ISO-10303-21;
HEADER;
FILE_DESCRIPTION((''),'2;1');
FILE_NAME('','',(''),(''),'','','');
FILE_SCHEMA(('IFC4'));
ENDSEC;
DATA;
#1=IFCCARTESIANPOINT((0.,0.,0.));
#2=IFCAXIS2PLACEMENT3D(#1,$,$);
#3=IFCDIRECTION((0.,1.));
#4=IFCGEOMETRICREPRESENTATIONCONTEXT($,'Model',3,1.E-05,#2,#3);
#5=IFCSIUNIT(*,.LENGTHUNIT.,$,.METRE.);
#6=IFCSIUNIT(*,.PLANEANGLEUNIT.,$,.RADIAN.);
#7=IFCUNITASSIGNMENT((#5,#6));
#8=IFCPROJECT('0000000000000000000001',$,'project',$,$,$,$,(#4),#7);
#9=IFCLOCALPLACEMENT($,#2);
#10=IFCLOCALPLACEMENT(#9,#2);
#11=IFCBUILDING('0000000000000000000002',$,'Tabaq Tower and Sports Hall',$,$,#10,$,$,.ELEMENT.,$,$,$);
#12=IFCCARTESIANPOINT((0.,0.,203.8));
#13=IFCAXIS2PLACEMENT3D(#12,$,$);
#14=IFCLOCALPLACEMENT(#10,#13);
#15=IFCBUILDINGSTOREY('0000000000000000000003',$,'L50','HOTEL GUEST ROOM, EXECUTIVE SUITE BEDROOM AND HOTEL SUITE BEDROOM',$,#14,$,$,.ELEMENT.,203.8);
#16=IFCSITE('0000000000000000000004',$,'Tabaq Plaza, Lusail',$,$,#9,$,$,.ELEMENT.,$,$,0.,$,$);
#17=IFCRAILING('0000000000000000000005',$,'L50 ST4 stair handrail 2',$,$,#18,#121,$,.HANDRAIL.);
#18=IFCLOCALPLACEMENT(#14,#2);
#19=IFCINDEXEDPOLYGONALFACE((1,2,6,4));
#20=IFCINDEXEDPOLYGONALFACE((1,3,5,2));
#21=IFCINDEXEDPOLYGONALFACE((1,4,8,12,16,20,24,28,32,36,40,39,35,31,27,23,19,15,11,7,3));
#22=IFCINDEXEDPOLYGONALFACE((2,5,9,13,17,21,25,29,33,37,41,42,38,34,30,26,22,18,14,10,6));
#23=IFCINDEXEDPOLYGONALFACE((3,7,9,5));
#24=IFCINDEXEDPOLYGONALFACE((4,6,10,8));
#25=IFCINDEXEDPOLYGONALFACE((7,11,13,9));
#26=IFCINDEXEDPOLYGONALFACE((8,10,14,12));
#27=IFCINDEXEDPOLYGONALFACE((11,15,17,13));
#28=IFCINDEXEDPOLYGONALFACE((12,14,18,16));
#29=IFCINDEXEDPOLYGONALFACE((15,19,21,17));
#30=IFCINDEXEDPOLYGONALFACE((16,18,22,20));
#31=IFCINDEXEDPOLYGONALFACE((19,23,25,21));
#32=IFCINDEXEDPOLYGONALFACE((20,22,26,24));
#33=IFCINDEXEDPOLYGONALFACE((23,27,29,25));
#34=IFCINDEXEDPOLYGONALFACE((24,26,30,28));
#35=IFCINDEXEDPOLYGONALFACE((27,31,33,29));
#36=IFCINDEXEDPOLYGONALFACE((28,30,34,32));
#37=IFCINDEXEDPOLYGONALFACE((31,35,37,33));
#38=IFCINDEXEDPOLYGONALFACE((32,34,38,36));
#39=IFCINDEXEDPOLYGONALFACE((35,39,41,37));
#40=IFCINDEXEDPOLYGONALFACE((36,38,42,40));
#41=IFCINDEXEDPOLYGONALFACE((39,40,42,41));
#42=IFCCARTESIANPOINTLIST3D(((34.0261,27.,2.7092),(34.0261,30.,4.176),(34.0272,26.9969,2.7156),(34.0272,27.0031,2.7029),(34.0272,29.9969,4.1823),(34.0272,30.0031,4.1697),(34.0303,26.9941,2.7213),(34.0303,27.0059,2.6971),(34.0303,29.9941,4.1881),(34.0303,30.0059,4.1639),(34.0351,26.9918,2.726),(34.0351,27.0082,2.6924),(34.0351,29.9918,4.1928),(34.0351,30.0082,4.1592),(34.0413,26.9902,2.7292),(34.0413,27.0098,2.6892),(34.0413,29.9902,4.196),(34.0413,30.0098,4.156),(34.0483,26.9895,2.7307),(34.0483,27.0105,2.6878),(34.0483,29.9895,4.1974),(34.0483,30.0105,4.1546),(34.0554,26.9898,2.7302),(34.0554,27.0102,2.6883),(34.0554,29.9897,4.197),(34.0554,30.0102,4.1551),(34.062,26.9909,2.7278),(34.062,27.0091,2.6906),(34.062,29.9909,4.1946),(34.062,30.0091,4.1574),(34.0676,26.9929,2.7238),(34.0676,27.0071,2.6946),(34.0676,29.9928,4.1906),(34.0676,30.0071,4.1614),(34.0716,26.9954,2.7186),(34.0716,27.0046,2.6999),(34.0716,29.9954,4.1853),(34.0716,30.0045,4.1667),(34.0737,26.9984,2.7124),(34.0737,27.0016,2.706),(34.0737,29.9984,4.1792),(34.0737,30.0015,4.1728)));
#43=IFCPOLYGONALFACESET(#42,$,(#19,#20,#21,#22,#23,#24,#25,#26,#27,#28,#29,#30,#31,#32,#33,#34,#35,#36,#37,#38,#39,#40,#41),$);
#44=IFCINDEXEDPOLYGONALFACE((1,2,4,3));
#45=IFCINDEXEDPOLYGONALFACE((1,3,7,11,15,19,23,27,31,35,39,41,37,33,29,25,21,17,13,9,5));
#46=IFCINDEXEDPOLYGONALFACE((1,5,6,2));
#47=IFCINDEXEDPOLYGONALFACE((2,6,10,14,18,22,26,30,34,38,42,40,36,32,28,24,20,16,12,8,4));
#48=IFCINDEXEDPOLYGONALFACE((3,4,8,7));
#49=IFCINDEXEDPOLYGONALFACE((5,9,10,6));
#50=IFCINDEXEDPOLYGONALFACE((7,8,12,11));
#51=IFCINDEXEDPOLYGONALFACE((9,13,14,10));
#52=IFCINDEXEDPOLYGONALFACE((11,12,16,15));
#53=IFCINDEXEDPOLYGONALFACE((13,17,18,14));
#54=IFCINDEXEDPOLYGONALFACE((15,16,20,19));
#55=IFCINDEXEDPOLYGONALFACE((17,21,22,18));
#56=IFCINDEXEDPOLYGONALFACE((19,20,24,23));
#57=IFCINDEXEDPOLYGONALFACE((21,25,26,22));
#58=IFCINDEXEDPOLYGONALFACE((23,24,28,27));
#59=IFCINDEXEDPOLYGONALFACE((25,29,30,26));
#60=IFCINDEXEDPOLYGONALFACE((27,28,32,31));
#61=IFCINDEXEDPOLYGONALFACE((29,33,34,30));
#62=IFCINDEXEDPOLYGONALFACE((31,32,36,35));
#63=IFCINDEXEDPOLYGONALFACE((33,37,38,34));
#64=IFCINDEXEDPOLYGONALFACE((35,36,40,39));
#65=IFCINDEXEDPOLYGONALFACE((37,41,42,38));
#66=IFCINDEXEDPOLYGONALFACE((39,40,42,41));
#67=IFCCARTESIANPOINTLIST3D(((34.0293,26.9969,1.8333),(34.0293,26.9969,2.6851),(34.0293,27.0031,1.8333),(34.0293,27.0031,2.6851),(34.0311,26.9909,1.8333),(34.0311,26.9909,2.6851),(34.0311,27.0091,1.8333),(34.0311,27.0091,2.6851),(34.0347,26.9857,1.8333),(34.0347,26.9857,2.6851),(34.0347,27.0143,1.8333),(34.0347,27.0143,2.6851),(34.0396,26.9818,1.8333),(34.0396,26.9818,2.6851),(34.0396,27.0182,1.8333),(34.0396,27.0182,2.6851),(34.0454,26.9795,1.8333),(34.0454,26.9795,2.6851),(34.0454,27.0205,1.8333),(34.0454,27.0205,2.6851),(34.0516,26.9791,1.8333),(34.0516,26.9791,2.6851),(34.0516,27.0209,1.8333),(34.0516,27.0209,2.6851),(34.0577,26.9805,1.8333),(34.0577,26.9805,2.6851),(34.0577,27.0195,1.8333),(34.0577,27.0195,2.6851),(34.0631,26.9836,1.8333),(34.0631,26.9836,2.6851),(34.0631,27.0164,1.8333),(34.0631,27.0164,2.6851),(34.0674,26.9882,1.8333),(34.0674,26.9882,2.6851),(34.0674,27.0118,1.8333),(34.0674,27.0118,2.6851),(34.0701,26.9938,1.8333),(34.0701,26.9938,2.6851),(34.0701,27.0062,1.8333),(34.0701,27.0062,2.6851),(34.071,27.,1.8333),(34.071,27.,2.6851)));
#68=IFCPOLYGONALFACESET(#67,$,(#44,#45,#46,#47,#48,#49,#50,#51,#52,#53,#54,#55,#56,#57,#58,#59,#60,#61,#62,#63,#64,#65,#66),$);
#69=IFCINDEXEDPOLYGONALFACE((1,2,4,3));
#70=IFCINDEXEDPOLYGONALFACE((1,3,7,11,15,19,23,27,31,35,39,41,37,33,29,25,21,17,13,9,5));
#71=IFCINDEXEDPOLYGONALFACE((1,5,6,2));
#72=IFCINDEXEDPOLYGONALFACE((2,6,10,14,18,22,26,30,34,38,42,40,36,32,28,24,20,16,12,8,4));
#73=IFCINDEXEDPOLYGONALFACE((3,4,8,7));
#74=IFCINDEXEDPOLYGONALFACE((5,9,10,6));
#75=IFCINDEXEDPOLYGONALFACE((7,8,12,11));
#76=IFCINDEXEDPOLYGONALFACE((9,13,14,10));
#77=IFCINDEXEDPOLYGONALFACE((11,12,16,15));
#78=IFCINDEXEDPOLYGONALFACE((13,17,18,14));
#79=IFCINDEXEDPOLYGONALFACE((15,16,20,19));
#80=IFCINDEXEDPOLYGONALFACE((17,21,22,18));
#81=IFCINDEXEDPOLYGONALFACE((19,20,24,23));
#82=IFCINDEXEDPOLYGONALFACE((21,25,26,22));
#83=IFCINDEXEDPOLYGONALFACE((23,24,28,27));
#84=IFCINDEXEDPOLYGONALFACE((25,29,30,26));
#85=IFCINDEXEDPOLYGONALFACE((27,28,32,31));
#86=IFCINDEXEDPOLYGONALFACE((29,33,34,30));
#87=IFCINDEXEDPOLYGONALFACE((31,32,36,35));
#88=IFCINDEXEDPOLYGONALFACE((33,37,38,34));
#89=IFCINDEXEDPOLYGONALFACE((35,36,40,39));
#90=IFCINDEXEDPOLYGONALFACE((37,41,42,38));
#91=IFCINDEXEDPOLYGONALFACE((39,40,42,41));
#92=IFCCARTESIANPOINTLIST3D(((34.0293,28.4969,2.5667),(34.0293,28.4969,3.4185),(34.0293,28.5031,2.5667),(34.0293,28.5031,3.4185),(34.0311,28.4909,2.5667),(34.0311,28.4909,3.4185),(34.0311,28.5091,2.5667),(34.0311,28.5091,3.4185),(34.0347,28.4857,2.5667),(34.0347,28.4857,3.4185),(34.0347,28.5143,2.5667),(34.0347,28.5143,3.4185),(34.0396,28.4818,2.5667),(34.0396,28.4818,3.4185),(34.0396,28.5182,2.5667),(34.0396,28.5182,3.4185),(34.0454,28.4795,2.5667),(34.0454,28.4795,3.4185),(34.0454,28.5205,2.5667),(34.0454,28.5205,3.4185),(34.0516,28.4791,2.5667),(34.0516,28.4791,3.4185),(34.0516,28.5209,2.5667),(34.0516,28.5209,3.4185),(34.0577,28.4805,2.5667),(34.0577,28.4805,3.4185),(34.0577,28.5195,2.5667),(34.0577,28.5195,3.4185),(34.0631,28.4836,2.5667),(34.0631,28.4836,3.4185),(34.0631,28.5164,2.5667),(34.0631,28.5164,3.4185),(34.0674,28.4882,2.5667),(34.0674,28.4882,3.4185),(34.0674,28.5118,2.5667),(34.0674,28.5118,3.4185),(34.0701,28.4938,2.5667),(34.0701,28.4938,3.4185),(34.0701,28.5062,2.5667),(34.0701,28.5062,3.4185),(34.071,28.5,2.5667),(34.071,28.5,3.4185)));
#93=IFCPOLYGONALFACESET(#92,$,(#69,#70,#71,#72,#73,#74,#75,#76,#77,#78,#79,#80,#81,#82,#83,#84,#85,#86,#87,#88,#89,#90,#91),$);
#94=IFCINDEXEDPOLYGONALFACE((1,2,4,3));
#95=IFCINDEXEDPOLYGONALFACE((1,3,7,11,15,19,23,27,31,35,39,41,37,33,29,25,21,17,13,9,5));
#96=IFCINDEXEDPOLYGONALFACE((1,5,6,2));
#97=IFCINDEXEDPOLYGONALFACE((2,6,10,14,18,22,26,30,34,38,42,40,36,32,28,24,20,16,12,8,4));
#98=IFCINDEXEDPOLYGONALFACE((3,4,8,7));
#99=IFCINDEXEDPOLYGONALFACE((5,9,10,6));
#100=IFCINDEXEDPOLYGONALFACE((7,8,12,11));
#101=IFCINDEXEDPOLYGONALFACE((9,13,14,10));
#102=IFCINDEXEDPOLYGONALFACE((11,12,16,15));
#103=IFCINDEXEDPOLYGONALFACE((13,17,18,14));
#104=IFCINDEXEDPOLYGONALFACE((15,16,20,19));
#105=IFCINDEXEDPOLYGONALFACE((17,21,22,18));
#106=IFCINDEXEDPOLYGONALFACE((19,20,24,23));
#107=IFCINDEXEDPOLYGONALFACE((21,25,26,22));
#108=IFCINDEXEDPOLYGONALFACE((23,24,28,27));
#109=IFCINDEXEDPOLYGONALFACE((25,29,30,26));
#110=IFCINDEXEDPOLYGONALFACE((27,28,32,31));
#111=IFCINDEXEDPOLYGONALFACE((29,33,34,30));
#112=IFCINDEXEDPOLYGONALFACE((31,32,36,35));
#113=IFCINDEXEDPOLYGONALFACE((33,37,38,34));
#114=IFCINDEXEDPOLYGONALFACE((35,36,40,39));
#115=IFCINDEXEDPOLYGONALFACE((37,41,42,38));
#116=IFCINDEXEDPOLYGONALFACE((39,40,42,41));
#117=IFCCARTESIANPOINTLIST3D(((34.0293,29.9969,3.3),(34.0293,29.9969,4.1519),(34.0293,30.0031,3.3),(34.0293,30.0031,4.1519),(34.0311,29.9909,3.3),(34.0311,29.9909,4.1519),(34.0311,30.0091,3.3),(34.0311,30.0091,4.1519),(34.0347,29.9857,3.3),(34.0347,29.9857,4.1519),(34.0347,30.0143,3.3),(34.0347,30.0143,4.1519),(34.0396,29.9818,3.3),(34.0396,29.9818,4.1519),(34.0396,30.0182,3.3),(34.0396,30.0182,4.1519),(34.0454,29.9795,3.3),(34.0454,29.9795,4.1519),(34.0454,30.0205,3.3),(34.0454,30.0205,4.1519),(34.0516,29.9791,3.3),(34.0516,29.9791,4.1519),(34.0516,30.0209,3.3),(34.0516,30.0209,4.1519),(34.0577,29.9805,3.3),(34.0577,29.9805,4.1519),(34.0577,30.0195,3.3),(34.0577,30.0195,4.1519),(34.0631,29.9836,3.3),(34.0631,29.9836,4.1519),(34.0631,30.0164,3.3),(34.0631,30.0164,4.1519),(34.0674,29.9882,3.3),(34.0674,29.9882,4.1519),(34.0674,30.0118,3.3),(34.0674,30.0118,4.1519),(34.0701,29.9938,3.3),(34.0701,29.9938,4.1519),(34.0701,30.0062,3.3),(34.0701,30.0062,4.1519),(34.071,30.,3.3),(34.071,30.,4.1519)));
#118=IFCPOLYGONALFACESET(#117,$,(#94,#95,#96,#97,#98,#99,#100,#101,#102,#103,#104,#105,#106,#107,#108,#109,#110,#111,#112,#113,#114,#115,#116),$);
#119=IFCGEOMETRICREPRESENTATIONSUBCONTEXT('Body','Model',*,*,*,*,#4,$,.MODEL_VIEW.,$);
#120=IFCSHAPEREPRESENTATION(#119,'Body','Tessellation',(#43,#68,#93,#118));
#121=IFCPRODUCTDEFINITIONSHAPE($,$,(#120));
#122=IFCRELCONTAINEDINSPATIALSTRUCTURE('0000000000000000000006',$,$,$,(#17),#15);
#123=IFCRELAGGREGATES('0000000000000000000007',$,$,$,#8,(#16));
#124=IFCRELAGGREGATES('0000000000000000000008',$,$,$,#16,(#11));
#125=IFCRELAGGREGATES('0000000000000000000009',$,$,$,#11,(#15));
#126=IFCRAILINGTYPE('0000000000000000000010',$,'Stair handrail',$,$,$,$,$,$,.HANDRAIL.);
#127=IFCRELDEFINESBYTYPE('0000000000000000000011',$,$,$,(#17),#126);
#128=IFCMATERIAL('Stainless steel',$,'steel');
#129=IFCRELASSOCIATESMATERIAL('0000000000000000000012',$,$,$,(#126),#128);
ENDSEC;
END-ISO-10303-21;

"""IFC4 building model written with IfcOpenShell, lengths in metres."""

from ifc_helpers import new_model, si_unit, direction, frame, origin, origin_2d, place, context, subcontext, project, spatial, circle, extrude, material, type_object, element, save


model = new_model("IFC4")

# Units and contexts
model_context = context("Model", 3, precision=1e-05, world=origin(), true_north=direction((0.0, 1.0)))
body_context = subcontext(model_context, "Body", "Model", "MODEL_VIEW")
ifc_project = project(units=[si_unit("LENGTHUNIT", "METRE"), si_unit("PLANEANGLEUNIT", "RADIAN")], contexts=[model_context])

# Site, building, storey
site_placement = place(None, origin())
site = spatial("IfcSite", under=ifc_project, at=site_placement, Name="Tabaq Plaza, Lusail", CompositionType="ELEMENT", RefElevation=0.0)
building_placement = place(site_placement, origin())
building = spatial("IfcBuilding", under=site, at=building_placement, Name="Tabaq Tower and Sports Hall", CompositionType="ELEMENT")
storey_placement = place(building_placement, frame((0.0, 0.0, 203.8)))
storey = spatial("IfcBuildingStorey", under=building, at=storey_placement, Name="L50", Description="HOTEL GUEST ROOM, EXECUTIVE SUITE BEDROOM AND HOTEL SUITE BEDROOM", CompositionType="ELEMENT", Elevation=203.8)

# Railing
ifc_material_1 = material(Name="Stainless steel", Category="steel")
railing_type = type_object("IfcRailingType", Name="Stair handrail", PredefinedType="HANDRAIL", material=ifc_material_1)
railing_1_placement = place(storey_placement, frame((34.05, 27.0, 1.8333)))
element("IfcRailing", 1, at=railing_1_placement, inside=storey, type_object=railing_type, Name="L50 ST4 stair handrail 2", PredefinedType="HANDRAIL", context=body_context, shape_type="SweptSolid", body=[
    extrude(circle(Radius=0.0239, at=origin_2d()), frame((0.0, 0.0, 0.876), z_axis=(0.0, 0.898369, 0.439242), x_axis=(-1.0, 0.0, 0.0)), (0.0, 0.0, 1.0), 3.3394),
    extrude(circle(Radius=0.021, at=origin_2d()), origin(), (0.0, 0.0, 1.0), 0.8518),
    extrude(circle(Radius=0.021, at=origin_2d()), frame((0.0, 1.5, 0.7334)), (0.0, 0.0, 1.0), 0.8518),
    extrude(circle(Radius=0.021, at=origin_2d()), frame((0.0, 3.0, 1.4668)), (0.0, 0.0, 1.0), 0.8518),
])

save(model, "model.ifc")
